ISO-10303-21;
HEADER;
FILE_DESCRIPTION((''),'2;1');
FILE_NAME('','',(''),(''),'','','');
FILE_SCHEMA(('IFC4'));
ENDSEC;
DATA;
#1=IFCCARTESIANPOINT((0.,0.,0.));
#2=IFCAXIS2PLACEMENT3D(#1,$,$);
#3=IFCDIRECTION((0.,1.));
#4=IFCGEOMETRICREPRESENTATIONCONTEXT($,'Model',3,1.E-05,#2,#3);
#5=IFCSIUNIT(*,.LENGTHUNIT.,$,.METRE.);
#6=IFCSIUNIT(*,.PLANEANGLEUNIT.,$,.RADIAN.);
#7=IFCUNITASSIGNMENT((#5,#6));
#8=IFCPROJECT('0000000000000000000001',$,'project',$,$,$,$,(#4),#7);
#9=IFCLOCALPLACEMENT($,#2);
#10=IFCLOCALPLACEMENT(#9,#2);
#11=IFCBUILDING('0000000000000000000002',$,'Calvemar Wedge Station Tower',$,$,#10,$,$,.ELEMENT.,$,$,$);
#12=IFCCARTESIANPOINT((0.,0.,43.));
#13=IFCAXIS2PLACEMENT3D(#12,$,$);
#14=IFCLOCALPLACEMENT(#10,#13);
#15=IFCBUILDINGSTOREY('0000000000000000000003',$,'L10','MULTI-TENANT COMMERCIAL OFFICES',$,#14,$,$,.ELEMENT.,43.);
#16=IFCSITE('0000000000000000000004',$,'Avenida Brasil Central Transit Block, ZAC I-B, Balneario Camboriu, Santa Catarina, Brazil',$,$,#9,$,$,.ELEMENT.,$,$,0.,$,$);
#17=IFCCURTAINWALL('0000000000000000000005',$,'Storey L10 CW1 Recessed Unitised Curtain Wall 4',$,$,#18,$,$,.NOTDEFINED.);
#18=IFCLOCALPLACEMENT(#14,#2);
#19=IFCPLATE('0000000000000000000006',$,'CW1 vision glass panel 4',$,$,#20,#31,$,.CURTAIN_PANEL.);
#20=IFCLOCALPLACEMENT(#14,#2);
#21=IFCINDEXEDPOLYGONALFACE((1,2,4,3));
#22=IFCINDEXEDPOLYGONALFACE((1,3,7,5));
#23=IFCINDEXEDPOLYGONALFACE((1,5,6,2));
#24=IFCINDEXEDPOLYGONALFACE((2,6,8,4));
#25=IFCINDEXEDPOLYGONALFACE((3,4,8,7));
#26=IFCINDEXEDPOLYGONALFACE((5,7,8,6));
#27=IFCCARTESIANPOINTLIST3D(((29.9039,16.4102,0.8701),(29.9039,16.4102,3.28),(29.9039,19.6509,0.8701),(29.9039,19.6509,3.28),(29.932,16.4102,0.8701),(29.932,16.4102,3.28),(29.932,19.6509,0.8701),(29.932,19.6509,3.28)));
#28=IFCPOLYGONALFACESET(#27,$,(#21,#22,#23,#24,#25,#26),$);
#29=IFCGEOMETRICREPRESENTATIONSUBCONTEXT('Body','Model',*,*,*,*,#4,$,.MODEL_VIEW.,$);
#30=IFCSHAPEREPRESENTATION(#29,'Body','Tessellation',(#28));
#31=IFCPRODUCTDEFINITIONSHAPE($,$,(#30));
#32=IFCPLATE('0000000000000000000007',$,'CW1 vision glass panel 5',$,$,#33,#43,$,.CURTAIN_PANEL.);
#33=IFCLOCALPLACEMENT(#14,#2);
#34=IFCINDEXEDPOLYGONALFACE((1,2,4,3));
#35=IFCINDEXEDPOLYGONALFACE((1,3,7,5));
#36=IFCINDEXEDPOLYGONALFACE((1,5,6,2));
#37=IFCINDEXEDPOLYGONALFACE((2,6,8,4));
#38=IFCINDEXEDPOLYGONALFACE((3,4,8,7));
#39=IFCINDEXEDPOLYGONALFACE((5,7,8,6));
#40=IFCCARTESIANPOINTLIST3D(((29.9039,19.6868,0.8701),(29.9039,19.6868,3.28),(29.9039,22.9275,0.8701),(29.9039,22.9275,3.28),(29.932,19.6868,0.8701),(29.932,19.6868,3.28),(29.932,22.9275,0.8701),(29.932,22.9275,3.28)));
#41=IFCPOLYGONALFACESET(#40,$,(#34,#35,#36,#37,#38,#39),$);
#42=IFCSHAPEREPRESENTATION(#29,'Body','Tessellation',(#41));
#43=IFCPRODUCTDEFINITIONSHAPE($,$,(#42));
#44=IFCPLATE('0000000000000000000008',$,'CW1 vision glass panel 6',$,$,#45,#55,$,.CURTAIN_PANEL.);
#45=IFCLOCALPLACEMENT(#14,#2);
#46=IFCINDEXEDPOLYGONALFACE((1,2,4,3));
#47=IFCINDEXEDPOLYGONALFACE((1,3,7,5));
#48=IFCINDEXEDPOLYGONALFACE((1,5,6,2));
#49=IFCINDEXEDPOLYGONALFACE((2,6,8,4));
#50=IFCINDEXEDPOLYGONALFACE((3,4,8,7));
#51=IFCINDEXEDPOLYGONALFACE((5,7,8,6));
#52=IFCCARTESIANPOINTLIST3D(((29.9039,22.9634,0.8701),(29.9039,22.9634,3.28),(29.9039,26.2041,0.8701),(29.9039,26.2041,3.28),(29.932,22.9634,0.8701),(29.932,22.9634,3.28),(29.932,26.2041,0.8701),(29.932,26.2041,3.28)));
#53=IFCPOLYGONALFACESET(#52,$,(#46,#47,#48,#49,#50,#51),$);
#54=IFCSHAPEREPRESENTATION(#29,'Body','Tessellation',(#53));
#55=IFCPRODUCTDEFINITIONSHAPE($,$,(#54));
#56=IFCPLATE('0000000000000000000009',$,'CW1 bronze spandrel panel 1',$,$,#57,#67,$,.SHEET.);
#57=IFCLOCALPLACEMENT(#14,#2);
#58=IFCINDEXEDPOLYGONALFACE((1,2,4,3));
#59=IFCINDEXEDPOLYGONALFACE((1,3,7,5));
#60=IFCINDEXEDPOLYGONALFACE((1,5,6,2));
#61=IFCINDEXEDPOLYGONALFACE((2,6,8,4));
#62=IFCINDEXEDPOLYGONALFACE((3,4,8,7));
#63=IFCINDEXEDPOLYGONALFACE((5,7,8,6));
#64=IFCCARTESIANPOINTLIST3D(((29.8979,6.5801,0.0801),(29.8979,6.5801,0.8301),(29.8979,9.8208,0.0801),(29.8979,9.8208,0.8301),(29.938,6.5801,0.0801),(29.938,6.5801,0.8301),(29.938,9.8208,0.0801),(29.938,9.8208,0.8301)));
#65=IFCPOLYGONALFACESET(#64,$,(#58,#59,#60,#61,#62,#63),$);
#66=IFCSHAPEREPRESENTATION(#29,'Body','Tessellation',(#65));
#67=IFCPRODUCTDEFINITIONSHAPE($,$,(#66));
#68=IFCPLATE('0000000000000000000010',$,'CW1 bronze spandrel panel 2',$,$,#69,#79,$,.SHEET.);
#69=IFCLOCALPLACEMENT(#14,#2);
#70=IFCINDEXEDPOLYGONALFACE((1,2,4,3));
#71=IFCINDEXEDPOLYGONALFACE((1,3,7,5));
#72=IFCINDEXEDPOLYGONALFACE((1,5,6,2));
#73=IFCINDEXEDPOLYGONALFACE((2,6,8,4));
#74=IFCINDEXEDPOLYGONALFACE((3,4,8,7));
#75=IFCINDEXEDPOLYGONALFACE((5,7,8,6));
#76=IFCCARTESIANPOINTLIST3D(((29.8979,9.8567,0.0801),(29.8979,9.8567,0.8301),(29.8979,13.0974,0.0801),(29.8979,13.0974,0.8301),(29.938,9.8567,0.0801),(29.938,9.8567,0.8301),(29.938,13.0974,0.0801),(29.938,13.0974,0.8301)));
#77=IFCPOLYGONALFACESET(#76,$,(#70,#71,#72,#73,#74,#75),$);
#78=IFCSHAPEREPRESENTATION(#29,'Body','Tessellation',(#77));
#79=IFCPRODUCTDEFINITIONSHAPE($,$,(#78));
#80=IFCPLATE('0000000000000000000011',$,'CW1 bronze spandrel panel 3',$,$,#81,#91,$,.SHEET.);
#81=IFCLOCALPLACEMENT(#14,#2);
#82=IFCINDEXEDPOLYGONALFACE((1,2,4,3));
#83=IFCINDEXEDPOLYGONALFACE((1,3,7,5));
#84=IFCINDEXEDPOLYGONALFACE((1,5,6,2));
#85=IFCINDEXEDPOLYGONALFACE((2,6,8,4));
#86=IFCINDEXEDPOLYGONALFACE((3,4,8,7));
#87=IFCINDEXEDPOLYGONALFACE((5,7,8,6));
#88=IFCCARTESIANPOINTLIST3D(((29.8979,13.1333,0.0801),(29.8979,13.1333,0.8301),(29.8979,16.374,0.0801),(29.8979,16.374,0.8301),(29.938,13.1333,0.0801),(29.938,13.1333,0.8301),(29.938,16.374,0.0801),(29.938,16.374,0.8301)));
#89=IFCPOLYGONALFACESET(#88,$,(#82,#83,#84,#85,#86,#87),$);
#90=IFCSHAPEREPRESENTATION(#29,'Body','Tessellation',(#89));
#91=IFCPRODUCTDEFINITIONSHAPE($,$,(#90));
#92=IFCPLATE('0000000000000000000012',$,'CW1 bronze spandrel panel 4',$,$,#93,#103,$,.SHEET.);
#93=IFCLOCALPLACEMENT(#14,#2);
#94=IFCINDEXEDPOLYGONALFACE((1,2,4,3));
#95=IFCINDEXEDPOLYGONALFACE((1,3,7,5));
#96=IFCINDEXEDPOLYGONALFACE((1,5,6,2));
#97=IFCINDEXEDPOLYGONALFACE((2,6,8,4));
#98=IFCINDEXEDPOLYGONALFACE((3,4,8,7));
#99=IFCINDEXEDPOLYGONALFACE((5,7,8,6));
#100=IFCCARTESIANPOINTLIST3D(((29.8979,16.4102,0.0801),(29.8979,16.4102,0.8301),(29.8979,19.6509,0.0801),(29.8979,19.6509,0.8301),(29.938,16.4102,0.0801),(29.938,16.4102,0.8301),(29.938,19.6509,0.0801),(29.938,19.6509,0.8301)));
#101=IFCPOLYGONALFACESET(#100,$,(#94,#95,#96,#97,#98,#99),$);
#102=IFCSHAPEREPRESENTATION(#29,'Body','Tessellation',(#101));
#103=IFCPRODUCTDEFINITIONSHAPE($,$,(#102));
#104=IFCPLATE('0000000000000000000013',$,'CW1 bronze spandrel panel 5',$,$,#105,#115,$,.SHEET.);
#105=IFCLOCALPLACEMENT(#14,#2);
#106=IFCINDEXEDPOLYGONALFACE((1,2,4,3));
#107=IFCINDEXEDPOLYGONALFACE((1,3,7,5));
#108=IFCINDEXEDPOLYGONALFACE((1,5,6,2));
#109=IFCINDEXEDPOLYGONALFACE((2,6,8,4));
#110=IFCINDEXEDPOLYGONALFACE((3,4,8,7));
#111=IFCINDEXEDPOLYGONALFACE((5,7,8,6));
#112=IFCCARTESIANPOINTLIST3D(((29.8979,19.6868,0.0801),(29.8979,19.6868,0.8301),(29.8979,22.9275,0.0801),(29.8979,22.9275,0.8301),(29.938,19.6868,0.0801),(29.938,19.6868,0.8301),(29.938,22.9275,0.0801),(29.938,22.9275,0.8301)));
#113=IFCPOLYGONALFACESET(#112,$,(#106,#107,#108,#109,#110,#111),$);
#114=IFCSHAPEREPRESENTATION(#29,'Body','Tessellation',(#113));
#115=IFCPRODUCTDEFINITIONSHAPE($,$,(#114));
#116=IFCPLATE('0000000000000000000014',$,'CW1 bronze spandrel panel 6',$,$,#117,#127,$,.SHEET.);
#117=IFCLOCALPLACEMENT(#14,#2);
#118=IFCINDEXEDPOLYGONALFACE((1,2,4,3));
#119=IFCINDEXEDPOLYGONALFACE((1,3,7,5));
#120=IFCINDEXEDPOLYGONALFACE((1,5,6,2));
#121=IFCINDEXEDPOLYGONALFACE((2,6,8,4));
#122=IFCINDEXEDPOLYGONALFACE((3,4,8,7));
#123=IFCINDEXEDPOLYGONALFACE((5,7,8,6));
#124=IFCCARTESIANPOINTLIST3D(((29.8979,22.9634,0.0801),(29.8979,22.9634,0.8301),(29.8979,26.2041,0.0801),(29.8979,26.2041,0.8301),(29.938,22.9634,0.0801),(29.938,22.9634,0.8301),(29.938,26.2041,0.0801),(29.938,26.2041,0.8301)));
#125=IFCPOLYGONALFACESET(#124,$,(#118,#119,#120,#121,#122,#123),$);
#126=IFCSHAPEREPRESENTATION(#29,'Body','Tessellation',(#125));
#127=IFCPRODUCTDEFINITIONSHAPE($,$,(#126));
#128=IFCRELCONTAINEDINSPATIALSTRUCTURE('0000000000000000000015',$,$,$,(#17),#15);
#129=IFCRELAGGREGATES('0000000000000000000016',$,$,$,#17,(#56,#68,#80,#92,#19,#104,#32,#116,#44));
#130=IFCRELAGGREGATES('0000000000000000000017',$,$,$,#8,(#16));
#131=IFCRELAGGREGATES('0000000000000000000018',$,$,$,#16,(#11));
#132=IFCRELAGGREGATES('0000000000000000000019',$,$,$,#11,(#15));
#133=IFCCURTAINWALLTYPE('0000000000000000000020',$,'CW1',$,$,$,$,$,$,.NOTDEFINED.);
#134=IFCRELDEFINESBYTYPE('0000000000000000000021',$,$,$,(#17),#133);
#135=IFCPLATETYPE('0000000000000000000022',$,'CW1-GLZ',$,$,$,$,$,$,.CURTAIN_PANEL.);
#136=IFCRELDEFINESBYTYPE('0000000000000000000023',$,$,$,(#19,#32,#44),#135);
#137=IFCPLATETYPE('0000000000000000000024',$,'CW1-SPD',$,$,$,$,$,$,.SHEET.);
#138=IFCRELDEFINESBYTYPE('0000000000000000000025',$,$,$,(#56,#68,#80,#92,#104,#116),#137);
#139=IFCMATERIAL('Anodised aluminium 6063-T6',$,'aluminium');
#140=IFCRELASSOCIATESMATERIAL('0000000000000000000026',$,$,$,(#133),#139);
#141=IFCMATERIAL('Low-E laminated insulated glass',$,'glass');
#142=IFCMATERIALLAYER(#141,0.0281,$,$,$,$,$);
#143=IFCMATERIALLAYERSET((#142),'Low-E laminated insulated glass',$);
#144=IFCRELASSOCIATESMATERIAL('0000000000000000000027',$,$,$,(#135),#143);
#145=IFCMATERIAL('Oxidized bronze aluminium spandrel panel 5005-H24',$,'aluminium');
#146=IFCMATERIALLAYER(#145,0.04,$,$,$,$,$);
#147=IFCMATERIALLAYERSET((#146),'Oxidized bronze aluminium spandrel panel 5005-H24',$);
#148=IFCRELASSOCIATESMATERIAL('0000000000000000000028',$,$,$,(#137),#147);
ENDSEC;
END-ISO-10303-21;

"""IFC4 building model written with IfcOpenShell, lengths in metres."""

from ifc_helpers import new_model, si_unit, direction, frame, frame_2d, origin, place, context, subcontext, project, spatial, rectangle, extrude, material, layer, layer_set, type_object, element, aggregate, save


model = new_model("IFC4")

# Units and contexts
model_context = context("Model", 3, precision=1e-05, world=origin(), true_north=direction((0.0, 1.0)))
body_context = subcontext(model_context, "Body", "Model", "MODEL_VIEW")
ifc_project = project(units=[si_unit("LENGTHUNIT", "METRE"), si_unit("PLANEANGLEUNIT", "RADIAN")], contexts=[model_context])

# Site, building, storey
site_placement = place(None, origin())
site = spatial("IfcSite", under=ifc_project, at=site_placement, Name="Avenida Brasil Central Transit Block, ZAC I-B, Balneario Camboriu, Santa Catarina, Brazil", CompositionType="ELEMENT", RefElevation=0.0)
building_placement = place(site_placement, origin())
building = spatial("IfcBuilding", under=site, at=building_placement, Name="Calvemar Wedge Station Tower", CompositionType="ELEMENT")
storey_placement = place(building_placement, frame((0.0, 0.0, 43.0)))
storey = spatial("IfcBuildingStorey", under=building, at=storey_placement, Name="L10", Description="MULTI-TENANT COMMERCIAL OFFICES", CompositionType="ELEMENT", Elevation=43.0)

# Curtain wall, plates
ifc_material_1 = material(Name="Anodised aluminium 6063-T6", Category="aluminium")
curtain_wall_type = type_object("IfcCurtainWallType", Name="CW1", PredefinedType="NOTDEFINED", material=ifc_material_1)
curtain_wall_placement = place(storey_placement, origin())
curtain_wall = element("IfcCurtainWall", 1, at=curtain_wall_placement, inside=storey, type_object=curtain_wall_type, Name="Storey L10 CW1 Recessed Unitised Curtain Wall 4", PredefinedType="NOTDEFINED")
ifc_material_2 = material(Name="Low-E laminated insulated glass", Category="glass")
ifc_layer_1 = layer(ifc_material_2, 0.0281)
ifc_layer_set_1 = layer_set([ifc_layer_1], Name="Low-E laminated insulated glass")
plate_type_1 = type_object("IfcPlateType", Name="CW1-GLZ", PredefinedType="CURTAIN_PANEL", material=ifc_layer_set_1)
plate_1_placement = place(storey_placement, frame((29.918, 16.4102, 0.8701), z_axis=(0.0, 0.0, 1.0), x_axis=(0.0, 1.0, 0.0)))
plate_1 = element("IfcPlate", 2, at=plate_1_placement, type_object=plate_type_1, Name="CW1 vision glass panel 4", PredefinedType="CURTAIN_PANEL", context=body_context, shape_type="SweptSolid", body=[
    extrude(rectangle(XDim=3.2407, YDim=0.0281, at=frame_2d((1.6204, 0.0))), origin(), (0.0, 0.0, 1.0), 2.4099),
])
plate_2_placement = place(storey_placement, frame((29.918, 19.6868, 0.8701), z_axis=(0.0, 0.0, 1.0), x_axis=(0.0, 1.0, 0.0)))
plate_2 = element("IfcPlate", 3, at=plate_2_placement, type_object=plate_type_1, Name="CW1 vision glass panel 5", PredefinedType="CURTAIN_PANEL", context=body_context, shape_type="SweptSolid", body=[
    extrude(rectangle(XDim=3.2407, YDim=0.0281, at=frame_2d((1.6204, 0.0))), origin(), (0.0, 0.0, 1.0), 2.4099),
])
plate_3_placement = place(storey_placement, frame((29.918, 22.9634, 0.8701), z_axis=(0.0, 0.0, 1.0), x_axis=(0.0, 1.0, 0.0)))
plate_3 = element("IfcPlate", 4, at=plate_3_placement, type_object=plate_type_1, Name="CW1 vision glass panel 6", PredefinedType="CURTAIN_PANEL", context=body_context, shape_type="SweptSolid", body=[
    extrude(rectangle(XDim=3.2407, YDim=0.0281, at=frame_2d((1.6204, 0.0))), origin(), (0.0, 0.0, 1.0), 2.4099),
])
ifc_material_3 = material(Name="Oxidized bronze aluminium spandrel panel 5005-H24", Category="aluminium")
ifc_layer_2 = layer(ifc_material_3, 0.04)
ifc_layer_set_2 = layer_set([ifc_layer_2], Name="Oxidized bronze aluminium spandrel panel 5005-H24")
plate_type_2 = type_object("IfcPlateType", Name="CW1-SPD", PredefinedType="SHEET", material=ifc_layer_set_2)
plate_4_placement = place(storey_placement, frame((29.918, 6.5801, 0.0801), z_axis=(0.0, 0.0, 1.0), x_axis=(0.0, 1.0, 0.0)))
plate_4 = element("IfcPlate", 5, at=plate_4_placement, type_object=plate_type_2, Name="CW1 bronze spandrel panel 1", PredefinedType="SHEET", context=body_context, shape_type="SweptSolid", body=[
    extrude(rectangle(XDim=3.2407, YDim=0.04, at=frame_2d((1.6204, 0.0))), origin(), (0.0, 0.0, 1.0), 0.75),
])
plate_5_placement = place(storey_placement, frame((29.918, 9.8567, 0.0801), z_axis=(0.0, 0.0, 1.0), x_axis=(0.0, 1.0, 0.0)))
plate_5 = element("IfcPlate", 6, at=plate_5_placement, type_object=plate_type_2, Name="CW1 bronze spandrel panel 2", PredefinedType="SHEET", context=body_context, shape_type="SweptSolid", body=[
    extrude(rectangle(XDim=3.2407, YDim=0.04, at=frame_2d((1.6204, 0.0))), origin(), (0.0, 0.0, 1.0), 0.75),
])
plate_6_placement = place(storey_placement, frame((29.918, 13.1333, 0.0801), z_axis=(0.0, 0.0, 1.0), x_axis=(0.0, 1.0, 0.0)))
plate_6 = element("IfcPlate", 7, at=plate_6_placement, type_object=plate_type_2, Name="CW1 bronze spandrel panel 3", PredefinedType="SHEET", context=body_context, shape_type="SweptSolid", body=[
    extrude(rectangle(XDim=3.2407, YDim=0.04, at=frame_2d((1.6204, 0.0))), origin(), (0.0, 0.0, 1.0), 0.75),
])
plate_7_placement = place(storey_placement, frame((29.918, 16.4102, 0.0801), z_axis=(0.0, 0.0, 1.0), x_axis=(0.0, 1.0, 0.0)))
plate_7 = element("IfcPlate", 8, at=plate_7_placement, type_object=plate_type_2, Name="CW1 bronze spandrel panel 4", PredefinedType="SHEET", context=body_context, shape_type="SweptSolid", body=[
    extrude(rectangle(XDim=3.2407, YDim=0.04, at=frame_2d((1.6204, 0.0))), origin(), (0.0, 0.0, 1.0), 0.75),
])
plate_8_placement = place(storey_placement, frame((29.918, 19.6868, 0.0801), z_axis=(0.0, 0.0, 1.0), x_axis=(0.0, 1.0, 0.0)))
plate_8 = element("IfcPlate", 9, at=plate_8_placement, type_object=plate_type_2, Name="CW1 bronze spandrel panel 5", PredefinedType="SHEET", context=body_context, shape_type="SweptSolid", body=[
    extrude(rectangle(XDim=3.2407, YDim=0.04, at=frame_2d((1.6204, 0.0))), origin(), (0.0, 0.0, 1.0), 0.75),
])
plate_9_placement = place(storey_placement, frame((29.918, 22.9634, 0.0801), z_axis=(0.0, 0.0, 1.0), x_axis=(0.0, 1.0, 0.0)))
plate_9 = element("IfcPlate", 10, at=plate_9_placement, type_object=plate_type_2, Name="CW1 bronze spandrel panel 6", PredefinedType="SHEET", context=body_context, shape_type="SweptSolid", body=[
    extrude(rectangle(XDim=3.2407, YDim=0.04, at=frame_2d((1.6204, 0.0))), origin(), (0.0, 0.0, 1.0), 0.75),
])
aggregate(curtain_wall, [plate_4, plate_5, plate_6, plate_7, plate_1, plate_8, plate_2, plate_9, plate_3])

save(model, "model.ifc")
